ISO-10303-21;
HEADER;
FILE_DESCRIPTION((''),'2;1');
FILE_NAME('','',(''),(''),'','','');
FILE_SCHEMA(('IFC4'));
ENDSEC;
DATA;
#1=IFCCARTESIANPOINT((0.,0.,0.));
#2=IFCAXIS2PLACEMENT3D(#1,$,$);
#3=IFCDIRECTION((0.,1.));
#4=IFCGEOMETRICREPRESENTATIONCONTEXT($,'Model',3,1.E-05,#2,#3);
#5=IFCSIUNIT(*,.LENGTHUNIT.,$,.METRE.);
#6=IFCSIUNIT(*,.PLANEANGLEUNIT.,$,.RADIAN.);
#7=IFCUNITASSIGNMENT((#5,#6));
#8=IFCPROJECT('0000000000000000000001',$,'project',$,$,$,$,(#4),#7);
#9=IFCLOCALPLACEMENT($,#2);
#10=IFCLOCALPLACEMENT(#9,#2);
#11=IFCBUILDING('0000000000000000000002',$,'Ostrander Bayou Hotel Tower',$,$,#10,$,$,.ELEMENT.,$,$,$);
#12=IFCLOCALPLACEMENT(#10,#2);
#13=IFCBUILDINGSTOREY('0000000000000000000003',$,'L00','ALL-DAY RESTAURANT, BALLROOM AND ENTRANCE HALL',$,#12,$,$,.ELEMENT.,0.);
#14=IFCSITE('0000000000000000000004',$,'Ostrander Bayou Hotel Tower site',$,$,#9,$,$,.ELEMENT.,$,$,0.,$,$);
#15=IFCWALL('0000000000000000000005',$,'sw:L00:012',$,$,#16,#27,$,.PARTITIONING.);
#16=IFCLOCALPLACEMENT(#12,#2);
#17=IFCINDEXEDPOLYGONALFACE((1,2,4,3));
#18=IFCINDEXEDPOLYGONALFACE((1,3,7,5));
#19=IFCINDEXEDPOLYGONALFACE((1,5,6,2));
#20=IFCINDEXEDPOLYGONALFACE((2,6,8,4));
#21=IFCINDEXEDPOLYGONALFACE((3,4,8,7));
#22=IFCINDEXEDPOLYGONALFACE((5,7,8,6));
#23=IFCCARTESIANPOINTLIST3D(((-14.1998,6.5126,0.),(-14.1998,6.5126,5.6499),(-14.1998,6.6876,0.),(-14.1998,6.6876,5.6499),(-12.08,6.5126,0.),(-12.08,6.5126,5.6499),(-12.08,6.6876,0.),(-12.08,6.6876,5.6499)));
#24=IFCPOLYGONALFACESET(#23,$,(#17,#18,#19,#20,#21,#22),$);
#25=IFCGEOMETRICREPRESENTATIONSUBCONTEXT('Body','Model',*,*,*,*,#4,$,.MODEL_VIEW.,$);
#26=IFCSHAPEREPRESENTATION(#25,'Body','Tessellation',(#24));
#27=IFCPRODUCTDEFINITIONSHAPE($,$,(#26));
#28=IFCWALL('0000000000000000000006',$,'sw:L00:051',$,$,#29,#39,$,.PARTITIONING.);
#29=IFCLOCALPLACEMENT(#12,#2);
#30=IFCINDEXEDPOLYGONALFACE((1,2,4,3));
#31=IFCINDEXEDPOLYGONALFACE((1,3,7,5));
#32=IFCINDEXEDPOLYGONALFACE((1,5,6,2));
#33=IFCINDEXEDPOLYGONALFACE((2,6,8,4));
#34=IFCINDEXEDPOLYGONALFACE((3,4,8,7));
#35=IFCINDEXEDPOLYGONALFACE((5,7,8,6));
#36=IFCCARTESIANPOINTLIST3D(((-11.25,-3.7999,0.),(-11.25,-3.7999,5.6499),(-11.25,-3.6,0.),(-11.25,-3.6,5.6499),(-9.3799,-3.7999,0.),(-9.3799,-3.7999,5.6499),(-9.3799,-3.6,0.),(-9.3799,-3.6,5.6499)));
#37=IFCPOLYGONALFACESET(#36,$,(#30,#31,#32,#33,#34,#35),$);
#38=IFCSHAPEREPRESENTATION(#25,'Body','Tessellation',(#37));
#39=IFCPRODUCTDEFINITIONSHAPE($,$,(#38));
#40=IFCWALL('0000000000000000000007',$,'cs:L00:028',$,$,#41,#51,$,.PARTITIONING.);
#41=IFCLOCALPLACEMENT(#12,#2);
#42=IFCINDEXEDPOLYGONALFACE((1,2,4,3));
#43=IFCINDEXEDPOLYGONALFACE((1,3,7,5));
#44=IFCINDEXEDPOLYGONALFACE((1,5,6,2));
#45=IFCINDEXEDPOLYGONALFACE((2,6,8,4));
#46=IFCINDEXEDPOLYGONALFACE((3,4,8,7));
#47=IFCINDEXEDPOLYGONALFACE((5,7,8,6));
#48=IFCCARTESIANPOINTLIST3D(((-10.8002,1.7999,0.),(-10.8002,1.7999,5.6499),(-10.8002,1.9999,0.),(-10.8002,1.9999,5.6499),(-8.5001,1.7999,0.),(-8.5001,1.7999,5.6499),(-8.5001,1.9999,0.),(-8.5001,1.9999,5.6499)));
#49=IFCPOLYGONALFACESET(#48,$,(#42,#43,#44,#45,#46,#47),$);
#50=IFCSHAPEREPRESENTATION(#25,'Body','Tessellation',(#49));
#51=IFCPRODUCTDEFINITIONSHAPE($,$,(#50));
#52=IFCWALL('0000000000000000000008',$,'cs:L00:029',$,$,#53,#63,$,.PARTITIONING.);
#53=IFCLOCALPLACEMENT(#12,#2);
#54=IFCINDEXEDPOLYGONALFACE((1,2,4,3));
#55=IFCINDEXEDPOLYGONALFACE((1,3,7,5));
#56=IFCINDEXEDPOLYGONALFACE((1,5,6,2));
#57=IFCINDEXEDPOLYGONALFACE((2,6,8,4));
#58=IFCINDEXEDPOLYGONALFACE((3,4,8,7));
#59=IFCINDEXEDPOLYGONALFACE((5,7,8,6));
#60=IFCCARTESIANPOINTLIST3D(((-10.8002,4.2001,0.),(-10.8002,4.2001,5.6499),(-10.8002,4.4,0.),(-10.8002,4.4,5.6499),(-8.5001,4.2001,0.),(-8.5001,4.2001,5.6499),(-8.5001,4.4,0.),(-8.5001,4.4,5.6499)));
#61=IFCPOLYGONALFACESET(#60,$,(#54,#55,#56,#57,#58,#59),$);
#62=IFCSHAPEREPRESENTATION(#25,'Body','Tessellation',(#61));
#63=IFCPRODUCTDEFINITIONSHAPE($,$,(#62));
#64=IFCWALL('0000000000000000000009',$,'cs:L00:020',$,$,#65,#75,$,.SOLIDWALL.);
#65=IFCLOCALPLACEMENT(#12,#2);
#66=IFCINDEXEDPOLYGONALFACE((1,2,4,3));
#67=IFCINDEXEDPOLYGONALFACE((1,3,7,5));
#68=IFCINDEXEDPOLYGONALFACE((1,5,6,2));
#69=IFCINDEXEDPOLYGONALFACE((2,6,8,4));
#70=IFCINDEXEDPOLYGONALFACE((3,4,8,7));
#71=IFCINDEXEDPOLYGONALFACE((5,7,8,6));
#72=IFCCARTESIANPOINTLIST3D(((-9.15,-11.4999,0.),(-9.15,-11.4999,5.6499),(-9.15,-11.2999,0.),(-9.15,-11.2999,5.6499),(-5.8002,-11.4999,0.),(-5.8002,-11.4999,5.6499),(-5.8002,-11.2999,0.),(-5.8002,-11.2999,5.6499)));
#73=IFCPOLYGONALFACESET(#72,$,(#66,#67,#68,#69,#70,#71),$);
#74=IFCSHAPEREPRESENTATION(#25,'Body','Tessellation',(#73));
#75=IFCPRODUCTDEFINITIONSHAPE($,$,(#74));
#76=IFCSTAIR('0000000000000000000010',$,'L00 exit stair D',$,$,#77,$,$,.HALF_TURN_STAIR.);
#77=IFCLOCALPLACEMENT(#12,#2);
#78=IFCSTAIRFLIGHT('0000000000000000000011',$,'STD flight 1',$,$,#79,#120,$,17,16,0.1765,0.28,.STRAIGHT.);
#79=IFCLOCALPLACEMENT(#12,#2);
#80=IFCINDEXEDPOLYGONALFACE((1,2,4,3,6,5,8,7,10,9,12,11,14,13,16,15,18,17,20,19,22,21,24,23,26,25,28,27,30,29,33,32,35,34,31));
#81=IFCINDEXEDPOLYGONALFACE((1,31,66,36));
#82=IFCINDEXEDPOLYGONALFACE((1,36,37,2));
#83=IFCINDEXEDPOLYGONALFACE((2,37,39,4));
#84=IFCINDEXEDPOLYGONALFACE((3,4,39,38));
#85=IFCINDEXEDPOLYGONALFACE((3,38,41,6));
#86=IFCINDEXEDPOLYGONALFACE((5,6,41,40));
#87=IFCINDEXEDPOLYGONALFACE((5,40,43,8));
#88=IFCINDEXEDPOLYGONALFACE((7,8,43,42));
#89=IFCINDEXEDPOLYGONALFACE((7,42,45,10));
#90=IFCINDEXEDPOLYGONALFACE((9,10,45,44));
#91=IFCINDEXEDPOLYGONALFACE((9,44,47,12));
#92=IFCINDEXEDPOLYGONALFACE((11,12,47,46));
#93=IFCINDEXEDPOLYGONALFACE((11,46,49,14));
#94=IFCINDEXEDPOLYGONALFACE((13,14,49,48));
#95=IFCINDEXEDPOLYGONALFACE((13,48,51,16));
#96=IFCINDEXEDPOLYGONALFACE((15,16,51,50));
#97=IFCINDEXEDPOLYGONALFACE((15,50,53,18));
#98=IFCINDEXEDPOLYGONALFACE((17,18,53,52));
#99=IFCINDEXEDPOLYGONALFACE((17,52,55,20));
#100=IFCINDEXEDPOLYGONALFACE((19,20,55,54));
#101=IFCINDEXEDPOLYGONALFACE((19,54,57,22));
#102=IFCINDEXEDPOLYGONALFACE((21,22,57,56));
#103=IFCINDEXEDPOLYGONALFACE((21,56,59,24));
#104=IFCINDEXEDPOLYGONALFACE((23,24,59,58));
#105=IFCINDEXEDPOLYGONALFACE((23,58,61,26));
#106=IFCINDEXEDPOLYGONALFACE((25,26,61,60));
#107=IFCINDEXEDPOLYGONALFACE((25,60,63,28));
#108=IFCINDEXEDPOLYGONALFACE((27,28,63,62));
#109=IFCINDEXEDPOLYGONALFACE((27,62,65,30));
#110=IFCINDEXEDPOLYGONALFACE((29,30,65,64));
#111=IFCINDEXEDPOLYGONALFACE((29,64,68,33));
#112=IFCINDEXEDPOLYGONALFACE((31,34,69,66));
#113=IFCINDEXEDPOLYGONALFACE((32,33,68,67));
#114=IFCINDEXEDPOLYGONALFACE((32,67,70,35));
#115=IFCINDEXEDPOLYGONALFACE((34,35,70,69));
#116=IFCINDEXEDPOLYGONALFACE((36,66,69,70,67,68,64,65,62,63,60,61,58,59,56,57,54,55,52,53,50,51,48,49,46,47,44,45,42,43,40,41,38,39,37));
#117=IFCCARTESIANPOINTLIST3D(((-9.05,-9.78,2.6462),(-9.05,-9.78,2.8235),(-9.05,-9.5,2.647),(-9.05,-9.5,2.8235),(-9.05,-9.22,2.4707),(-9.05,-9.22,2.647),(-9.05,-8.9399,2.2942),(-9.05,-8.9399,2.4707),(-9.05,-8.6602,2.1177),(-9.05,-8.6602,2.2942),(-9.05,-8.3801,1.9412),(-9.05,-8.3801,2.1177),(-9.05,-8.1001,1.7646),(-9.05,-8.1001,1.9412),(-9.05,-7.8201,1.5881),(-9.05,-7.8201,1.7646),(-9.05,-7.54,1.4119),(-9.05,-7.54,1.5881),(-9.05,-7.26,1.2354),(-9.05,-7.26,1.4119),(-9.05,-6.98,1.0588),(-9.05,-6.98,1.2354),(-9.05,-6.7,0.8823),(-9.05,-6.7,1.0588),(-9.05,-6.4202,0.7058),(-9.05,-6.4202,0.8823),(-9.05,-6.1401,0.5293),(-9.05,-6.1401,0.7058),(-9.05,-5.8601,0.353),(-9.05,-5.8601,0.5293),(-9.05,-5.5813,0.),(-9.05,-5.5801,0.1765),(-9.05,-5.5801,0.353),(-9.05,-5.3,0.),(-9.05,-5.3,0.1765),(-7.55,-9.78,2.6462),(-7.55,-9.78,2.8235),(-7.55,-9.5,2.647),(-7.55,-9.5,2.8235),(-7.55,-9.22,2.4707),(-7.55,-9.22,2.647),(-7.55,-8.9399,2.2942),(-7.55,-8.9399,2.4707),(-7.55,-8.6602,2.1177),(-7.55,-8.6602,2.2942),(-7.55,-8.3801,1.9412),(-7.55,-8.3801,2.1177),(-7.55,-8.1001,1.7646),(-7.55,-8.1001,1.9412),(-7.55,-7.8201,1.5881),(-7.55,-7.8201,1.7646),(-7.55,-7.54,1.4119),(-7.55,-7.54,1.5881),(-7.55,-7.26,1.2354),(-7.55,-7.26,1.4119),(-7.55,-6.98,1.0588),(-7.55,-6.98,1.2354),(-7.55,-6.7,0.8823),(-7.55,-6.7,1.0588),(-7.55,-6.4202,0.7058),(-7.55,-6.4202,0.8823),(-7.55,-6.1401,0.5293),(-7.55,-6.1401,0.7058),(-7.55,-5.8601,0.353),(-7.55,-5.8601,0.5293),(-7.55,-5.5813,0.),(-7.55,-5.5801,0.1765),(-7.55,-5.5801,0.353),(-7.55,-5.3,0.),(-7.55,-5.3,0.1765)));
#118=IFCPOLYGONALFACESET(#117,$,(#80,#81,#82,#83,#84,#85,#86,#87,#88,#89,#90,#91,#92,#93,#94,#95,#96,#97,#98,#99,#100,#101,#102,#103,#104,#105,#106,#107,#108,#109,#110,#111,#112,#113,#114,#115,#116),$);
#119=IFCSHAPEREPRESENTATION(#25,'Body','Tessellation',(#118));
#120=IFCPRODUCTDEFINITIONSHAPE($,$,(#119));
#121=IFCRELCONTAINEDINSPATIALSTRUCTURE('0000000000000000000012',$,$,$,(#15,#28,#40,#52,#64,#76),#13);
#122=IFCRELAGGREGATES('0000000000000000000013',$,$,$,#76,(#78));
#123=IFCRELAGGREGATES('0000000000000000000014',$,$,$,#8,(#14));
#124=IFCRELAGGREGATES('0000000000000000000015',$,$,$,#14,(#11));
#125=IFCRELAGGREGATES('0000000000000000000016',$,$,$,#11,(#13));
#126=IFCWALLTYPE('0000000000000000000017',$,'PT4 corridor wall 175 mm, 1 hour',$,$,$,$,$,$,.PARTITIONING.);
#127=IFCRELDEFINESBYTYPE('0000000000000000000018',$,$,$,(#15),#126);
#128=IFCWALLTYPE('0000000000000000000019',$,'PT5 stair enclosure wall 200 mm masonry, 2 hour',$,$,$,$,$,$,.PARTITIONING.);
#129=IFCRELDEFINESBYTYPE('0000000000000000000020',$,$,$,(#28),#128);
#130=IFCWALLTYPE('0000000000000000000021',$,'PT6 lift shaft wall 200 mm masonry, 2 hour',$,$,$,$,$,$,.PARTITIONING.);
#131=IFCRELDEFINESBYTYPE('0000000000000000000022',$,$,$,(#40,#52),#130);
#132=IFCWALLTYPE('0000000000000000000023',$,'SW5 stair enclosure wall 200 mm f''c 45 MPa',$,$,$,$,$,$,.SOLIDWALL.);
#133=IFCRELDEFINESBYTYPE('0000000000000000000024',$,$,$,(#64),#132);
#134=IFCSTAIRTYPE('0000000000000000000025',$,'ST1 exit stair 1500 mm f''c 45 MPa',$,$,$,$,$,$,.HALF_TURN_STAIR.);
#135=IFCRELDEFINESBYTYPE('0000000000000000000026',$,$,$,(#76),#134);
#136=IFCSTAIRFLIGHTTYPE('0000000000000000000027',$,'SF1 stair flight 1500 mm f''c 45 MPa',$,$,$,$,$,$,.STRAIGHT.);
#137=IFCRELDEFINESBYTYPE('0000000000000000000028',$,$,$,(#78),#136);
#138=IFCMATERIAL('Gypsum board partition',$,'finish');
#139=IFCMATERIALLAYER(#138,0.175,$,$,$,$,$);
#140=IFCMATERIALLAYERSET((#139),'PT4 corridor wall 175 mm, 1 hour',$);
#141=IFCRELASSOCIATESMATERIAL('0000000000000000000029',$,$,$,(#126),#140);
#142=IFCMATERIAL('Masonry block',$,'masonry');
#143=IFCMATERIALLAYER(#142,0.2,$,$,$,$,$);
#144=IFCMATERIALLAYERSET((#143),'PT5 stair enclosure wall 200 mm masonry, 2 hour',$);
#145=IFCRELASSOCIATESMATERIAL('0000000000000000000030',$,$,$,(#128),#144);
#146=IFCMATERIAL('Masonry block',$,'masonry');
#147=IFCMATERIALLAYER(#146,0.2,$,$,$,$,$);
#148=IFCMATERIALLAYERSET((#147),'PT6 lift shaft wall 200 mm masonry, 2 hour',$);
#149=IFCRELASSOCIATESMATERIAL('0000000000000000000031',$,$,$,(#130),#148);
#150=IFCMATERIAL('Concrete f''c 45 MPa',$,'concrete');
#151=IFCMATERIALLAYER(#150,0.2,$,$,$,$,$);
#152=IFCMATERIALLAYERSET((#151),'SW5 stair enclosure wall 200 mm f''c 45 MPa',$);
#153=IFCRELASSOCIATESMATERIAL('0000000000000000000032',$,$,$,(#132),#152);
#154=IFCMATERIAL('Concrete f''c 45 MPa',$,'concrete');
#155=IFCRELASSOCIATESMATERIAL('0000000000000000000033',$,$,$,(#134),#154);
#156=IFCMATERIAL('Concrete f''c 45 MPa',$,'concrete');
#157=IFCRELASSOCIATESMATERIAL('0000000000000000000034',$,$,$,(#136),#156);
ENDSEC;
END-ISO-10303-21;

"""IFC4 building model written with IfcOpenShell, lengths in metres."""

from ifc_helpers import new_model, si_unit, direction, frame, frame_2d, origin, place, context, subcontext, project, spatial, polyline, rectangle, outline, extrude, material, layer, layer_set, type_object, element, aggregate, save


model = new_model("IFC4")

# Units and contexts
model_context = context("Model", 3, precision=1e-05, world=origin(), true_north=direction((0.0, 1.0)))
body_context = subcontext(model_context, "Body", "Model", "MODEL_VIEW")
ifc_project = project(units=[si_unit("LENGTHUNIT", "METRE"), si_unit("PLANEANGLEUNIT", "RADIAN")], contexts=[model_context])

# Site, building, storey
site_placement = place(None, origin())
site = spatial("IfcSite", under=ifc_project, at=site_placement, Name="Ostrander Bayou Hotel Tower site", CompositionType="ELEMENT", RefElevation=0.0)
building_placement = place(site_placement, origin())
building = spatial("IfcBuilding", under=site, at=building_placement, Name="Ostrander Bayou Hotel Tower", CompositionType="ELEMENT")
storey_placement = place(building_placement, origin())
storey = spatial("IfcBuildingStorey", under=building, at=storey_placement, Name="L00", Description="ALL-DAY RESTAURANT, BALLROOM AND ENTRANCE HALL", CompositionType="ELEMENT", Elevation=0.0)

# Walls
ifc_material_1 = material(Name="Gypsum board partition", Category="finish")
ifc_layer_1 = layer(ifc_material_1, 0.175)
ifc_layer_set_1 = layer_set([ifc_layer_1], Name="PT4 corridor wall 175 mm, 1 hour")
wall_type_1 = type_object("IfcWallType", Name="PT4 corridor wall 175 mm, 1 hour", PredefinedType="PARTITIONING", material=ifc_layer_set_1)
wall_1_placement = place(storey_placement, frame((-14.2, 6.6001, 0.0), z_axis=(0.0, 0.0, 1.0), x_axis=(1.0, 0.0, 0.0)))
element("IfcWall", 1, at=wall_1_placement, inside=storey, type_object=wall_type_1, Name="sw:L00:012", PredefinedType="PARTITIONING", context=body_context, shape_type="SweptSolid", body=[
    extrude(rectangle(XDim=2.1199, YDim=0.175, at=frame_2d((1.0601, 0.0))), origin(), (0.0, 0.0, 1.0), 5.6499),
])
ifc_material_2 = material(Name="Masonry block", Category="masonry")
ifc_layer_2 = layer(ifc_material_2, 0.2)
ifc_layer_set_2 = layer_set([ifc_layer_2], Name="PT5 stair enclosure wall 200 mm masonry, 2 hour")
wall_type_2 = type_object("IfcWallType", Name="PT5 stair enclosure wall 200 mm masonry, 2 hour", PredefinedType="PARTITIONING", material=ifc_layer_set_2)
wall_2_placement = place(storey_placement, frame((-11.25, -3.7, 0.0), z_axis=(0.0, 0.0, 1.0), x_axis=(1.0, 0.0, 0.0)))
element("IfcWall", 2, at=wall_2_placement, inside=storey, type_object=wall_type_2, Name="sw:L00:051", PredefinedType="PARTITIONING", context=body_context, shape_type="SweptSolid", body=[
    extrude(rectangle(XDim=1.8701, YDim=0.2, at=frame_2d((0.9351, 0.0))), origin(), (0.0, 0.0, 1.0), 5.6499),
])
ifc_material_3 = material(Name="Masonry block", Category="masonry")
ifc_layer_3 = layer(ifc_material_3, 0.2)
ifc_layer_set_3 = layer_set([ifc_layer_3], Name="PT6 lift shaft wall 200 mm masonry, 2 hour")
wall_type_3 = type_object("IfcWallType", Name="PT6 lift shaft wall 200 mm masonry, 2 hour", PredefinedType="PARTITIONING", material=ifc_layer_set_3)
for number, where, z_axis, x_axis, name in (
    (3, (-10.8, 1.8999, 0.0), (0.0, 0.0, 1.0), (1.0, 0.0, 0.0), "cs:L00:028"),
    (4, (-10.8, 4.3, 0.0), (0.0, 0.0, 1.0), (1.0, 0.0, 0.0), "cs:L00:029"),
):
    element("IfcWall", number, at=place(storey_placement, frame(where, z_axis=z_axis, x_axis=x_axis)), inside=storey, type_object=wall_type_3, Name=name, PredefinedType="PARTITIONING", context=body_context, shape_type="SweptSolid", body=[
        extrude(rectangle(XDim=2.3, YDim=0.2, at=frame_2d((1.1499, 0.0))), origin(), (0.0, 0.0, 1.0), 5.6499),
    ])

# Shared definitions
ifc_material_4 = material(Name="Concrete f'c 45 MPa", Category="concrete")
ifc_layer_4 = layer(ifc_material_4, 0.2)
ifc_layer_set_4 = layer_set([ifc_layer_4], Name="SW5 stair enclosure wall 200 mm f'c 45 MPa")
wall_type_4 = type_object("IfcWallType", Name="SW5 stair enclosure wall 200 mm f'c 45 MPa", PredefinedType="SOLIDWALL", material=ifc_layer_set_4)

# Wall
wall_3_placement = place(storey_placement, frame((-9.1499, -11.3999, 0.0), z_axis=(0.0, 0.0, 1.0), x_axis=(1.0, 0.0, 0.0)))
element("IfcWall", 5, at=wall_3_placement, inside=storey, type_object=wall_type_4, Name="cs:L00:020", PredefinedType="SOLIDWALL", context=body_context, shape_type="SweptSolid", body=[
    extrude(rectangle(XDim=3.3499, YDim=0.2, at=frame_2d((1.6748, 0.0))), origin(), (0.0, 0.0, 1.0), 5.6499),
])

# Stair, stair flight
ifc_material_5 = material(Name="Concrete f'c 45 MPa", Category="concrete")
stair_type = type_object("IfcStairType", Name="ST1 exit stair 1500 mm f'c 45 MPa", PredefinedType="HALF_TURN_STAIR", material=ifc_material_5)
stair_placement = place(storey_placement, origin())
stair = element("IfcStair", 6, at=stair_placement, inside=storey, type_object=stair_type, Name="L00 exit stair D", PredefinedType="HALF_TURN_STAIR")
ifc_material_6 = material(Name="Concrete f'c 45 MPa", Category="concrete")
stair_flight_type = type_object("IfcStairFlightType", Name="SF1 stair flight 1500 mm f'c 45 MPa", PredefinedType="STRAIGHT", material=ifc_material_6)
stair_flight_placement = place(storey_placement, frame((-8.3, -5.3, 0.0), z_axis=(0.0, 0.0, 1.0), x_axis=(0.0, -1.0, 0.0)))
stair_flight = element("IfcStairFlight", 7, at=stair_flight_placement, type_object=stair_flight_type, Name="STD flight 1", NumberOfRisers=17, NumberOfTreads=16, PredefinedType="STRAIGHT", RiserHeight=0.1765, TreadLength=0.28, context=body_context, shape_type="SweptSolid", body=[
    extrude(outline(polyline([(0.0, 0.0), (0.0, 0.1765), (0.28, 0.1765), (0.28, 0.353), (0.5601, 0.353), (0.5601, 0.5293), (0.8401, 0.5293), (0.8401, 0.7058), (1.1201, 0.7058), (1.1201, 0.8823), (1.3999, 0.8823), (1.3999, 1.0588), (1.6799, 1.0588), (1.6799, 1.2354), (1.96, 1.2354), (1.96, 1.4119), (2.24, 1.4119), (2.24, 1.5881), (2.52, 1.5881), (2.52, 1.7646), (2.8, 1.7646), (2.8, 1.9412), (3.0801, 1.9412), (3.0801, 2.1177), (3.3601, 2.1177), (3.3601, 2.2942), (3.6399, 2.2942), (3.6399, 2.4707), (3.9199, 2.4707), (3.9199, 2.647), (4.2, 2.647), (4.2, 2.8235), (4.48, 2.8235), (4.48, 3.0), (4.48, 2.6462), (0.2812, 0.0), (0.0, 0.0)])), frame((0.0, 0.75, 0.0), z_axis=(0.0, -1.0, 0.0), x_axis=(1.0, 0.0, 0.0)), (0.0, 0.0, 1.0), 1.5),
])
aggregate(stair, [stair_flight])

save(model, "model.ifc")
